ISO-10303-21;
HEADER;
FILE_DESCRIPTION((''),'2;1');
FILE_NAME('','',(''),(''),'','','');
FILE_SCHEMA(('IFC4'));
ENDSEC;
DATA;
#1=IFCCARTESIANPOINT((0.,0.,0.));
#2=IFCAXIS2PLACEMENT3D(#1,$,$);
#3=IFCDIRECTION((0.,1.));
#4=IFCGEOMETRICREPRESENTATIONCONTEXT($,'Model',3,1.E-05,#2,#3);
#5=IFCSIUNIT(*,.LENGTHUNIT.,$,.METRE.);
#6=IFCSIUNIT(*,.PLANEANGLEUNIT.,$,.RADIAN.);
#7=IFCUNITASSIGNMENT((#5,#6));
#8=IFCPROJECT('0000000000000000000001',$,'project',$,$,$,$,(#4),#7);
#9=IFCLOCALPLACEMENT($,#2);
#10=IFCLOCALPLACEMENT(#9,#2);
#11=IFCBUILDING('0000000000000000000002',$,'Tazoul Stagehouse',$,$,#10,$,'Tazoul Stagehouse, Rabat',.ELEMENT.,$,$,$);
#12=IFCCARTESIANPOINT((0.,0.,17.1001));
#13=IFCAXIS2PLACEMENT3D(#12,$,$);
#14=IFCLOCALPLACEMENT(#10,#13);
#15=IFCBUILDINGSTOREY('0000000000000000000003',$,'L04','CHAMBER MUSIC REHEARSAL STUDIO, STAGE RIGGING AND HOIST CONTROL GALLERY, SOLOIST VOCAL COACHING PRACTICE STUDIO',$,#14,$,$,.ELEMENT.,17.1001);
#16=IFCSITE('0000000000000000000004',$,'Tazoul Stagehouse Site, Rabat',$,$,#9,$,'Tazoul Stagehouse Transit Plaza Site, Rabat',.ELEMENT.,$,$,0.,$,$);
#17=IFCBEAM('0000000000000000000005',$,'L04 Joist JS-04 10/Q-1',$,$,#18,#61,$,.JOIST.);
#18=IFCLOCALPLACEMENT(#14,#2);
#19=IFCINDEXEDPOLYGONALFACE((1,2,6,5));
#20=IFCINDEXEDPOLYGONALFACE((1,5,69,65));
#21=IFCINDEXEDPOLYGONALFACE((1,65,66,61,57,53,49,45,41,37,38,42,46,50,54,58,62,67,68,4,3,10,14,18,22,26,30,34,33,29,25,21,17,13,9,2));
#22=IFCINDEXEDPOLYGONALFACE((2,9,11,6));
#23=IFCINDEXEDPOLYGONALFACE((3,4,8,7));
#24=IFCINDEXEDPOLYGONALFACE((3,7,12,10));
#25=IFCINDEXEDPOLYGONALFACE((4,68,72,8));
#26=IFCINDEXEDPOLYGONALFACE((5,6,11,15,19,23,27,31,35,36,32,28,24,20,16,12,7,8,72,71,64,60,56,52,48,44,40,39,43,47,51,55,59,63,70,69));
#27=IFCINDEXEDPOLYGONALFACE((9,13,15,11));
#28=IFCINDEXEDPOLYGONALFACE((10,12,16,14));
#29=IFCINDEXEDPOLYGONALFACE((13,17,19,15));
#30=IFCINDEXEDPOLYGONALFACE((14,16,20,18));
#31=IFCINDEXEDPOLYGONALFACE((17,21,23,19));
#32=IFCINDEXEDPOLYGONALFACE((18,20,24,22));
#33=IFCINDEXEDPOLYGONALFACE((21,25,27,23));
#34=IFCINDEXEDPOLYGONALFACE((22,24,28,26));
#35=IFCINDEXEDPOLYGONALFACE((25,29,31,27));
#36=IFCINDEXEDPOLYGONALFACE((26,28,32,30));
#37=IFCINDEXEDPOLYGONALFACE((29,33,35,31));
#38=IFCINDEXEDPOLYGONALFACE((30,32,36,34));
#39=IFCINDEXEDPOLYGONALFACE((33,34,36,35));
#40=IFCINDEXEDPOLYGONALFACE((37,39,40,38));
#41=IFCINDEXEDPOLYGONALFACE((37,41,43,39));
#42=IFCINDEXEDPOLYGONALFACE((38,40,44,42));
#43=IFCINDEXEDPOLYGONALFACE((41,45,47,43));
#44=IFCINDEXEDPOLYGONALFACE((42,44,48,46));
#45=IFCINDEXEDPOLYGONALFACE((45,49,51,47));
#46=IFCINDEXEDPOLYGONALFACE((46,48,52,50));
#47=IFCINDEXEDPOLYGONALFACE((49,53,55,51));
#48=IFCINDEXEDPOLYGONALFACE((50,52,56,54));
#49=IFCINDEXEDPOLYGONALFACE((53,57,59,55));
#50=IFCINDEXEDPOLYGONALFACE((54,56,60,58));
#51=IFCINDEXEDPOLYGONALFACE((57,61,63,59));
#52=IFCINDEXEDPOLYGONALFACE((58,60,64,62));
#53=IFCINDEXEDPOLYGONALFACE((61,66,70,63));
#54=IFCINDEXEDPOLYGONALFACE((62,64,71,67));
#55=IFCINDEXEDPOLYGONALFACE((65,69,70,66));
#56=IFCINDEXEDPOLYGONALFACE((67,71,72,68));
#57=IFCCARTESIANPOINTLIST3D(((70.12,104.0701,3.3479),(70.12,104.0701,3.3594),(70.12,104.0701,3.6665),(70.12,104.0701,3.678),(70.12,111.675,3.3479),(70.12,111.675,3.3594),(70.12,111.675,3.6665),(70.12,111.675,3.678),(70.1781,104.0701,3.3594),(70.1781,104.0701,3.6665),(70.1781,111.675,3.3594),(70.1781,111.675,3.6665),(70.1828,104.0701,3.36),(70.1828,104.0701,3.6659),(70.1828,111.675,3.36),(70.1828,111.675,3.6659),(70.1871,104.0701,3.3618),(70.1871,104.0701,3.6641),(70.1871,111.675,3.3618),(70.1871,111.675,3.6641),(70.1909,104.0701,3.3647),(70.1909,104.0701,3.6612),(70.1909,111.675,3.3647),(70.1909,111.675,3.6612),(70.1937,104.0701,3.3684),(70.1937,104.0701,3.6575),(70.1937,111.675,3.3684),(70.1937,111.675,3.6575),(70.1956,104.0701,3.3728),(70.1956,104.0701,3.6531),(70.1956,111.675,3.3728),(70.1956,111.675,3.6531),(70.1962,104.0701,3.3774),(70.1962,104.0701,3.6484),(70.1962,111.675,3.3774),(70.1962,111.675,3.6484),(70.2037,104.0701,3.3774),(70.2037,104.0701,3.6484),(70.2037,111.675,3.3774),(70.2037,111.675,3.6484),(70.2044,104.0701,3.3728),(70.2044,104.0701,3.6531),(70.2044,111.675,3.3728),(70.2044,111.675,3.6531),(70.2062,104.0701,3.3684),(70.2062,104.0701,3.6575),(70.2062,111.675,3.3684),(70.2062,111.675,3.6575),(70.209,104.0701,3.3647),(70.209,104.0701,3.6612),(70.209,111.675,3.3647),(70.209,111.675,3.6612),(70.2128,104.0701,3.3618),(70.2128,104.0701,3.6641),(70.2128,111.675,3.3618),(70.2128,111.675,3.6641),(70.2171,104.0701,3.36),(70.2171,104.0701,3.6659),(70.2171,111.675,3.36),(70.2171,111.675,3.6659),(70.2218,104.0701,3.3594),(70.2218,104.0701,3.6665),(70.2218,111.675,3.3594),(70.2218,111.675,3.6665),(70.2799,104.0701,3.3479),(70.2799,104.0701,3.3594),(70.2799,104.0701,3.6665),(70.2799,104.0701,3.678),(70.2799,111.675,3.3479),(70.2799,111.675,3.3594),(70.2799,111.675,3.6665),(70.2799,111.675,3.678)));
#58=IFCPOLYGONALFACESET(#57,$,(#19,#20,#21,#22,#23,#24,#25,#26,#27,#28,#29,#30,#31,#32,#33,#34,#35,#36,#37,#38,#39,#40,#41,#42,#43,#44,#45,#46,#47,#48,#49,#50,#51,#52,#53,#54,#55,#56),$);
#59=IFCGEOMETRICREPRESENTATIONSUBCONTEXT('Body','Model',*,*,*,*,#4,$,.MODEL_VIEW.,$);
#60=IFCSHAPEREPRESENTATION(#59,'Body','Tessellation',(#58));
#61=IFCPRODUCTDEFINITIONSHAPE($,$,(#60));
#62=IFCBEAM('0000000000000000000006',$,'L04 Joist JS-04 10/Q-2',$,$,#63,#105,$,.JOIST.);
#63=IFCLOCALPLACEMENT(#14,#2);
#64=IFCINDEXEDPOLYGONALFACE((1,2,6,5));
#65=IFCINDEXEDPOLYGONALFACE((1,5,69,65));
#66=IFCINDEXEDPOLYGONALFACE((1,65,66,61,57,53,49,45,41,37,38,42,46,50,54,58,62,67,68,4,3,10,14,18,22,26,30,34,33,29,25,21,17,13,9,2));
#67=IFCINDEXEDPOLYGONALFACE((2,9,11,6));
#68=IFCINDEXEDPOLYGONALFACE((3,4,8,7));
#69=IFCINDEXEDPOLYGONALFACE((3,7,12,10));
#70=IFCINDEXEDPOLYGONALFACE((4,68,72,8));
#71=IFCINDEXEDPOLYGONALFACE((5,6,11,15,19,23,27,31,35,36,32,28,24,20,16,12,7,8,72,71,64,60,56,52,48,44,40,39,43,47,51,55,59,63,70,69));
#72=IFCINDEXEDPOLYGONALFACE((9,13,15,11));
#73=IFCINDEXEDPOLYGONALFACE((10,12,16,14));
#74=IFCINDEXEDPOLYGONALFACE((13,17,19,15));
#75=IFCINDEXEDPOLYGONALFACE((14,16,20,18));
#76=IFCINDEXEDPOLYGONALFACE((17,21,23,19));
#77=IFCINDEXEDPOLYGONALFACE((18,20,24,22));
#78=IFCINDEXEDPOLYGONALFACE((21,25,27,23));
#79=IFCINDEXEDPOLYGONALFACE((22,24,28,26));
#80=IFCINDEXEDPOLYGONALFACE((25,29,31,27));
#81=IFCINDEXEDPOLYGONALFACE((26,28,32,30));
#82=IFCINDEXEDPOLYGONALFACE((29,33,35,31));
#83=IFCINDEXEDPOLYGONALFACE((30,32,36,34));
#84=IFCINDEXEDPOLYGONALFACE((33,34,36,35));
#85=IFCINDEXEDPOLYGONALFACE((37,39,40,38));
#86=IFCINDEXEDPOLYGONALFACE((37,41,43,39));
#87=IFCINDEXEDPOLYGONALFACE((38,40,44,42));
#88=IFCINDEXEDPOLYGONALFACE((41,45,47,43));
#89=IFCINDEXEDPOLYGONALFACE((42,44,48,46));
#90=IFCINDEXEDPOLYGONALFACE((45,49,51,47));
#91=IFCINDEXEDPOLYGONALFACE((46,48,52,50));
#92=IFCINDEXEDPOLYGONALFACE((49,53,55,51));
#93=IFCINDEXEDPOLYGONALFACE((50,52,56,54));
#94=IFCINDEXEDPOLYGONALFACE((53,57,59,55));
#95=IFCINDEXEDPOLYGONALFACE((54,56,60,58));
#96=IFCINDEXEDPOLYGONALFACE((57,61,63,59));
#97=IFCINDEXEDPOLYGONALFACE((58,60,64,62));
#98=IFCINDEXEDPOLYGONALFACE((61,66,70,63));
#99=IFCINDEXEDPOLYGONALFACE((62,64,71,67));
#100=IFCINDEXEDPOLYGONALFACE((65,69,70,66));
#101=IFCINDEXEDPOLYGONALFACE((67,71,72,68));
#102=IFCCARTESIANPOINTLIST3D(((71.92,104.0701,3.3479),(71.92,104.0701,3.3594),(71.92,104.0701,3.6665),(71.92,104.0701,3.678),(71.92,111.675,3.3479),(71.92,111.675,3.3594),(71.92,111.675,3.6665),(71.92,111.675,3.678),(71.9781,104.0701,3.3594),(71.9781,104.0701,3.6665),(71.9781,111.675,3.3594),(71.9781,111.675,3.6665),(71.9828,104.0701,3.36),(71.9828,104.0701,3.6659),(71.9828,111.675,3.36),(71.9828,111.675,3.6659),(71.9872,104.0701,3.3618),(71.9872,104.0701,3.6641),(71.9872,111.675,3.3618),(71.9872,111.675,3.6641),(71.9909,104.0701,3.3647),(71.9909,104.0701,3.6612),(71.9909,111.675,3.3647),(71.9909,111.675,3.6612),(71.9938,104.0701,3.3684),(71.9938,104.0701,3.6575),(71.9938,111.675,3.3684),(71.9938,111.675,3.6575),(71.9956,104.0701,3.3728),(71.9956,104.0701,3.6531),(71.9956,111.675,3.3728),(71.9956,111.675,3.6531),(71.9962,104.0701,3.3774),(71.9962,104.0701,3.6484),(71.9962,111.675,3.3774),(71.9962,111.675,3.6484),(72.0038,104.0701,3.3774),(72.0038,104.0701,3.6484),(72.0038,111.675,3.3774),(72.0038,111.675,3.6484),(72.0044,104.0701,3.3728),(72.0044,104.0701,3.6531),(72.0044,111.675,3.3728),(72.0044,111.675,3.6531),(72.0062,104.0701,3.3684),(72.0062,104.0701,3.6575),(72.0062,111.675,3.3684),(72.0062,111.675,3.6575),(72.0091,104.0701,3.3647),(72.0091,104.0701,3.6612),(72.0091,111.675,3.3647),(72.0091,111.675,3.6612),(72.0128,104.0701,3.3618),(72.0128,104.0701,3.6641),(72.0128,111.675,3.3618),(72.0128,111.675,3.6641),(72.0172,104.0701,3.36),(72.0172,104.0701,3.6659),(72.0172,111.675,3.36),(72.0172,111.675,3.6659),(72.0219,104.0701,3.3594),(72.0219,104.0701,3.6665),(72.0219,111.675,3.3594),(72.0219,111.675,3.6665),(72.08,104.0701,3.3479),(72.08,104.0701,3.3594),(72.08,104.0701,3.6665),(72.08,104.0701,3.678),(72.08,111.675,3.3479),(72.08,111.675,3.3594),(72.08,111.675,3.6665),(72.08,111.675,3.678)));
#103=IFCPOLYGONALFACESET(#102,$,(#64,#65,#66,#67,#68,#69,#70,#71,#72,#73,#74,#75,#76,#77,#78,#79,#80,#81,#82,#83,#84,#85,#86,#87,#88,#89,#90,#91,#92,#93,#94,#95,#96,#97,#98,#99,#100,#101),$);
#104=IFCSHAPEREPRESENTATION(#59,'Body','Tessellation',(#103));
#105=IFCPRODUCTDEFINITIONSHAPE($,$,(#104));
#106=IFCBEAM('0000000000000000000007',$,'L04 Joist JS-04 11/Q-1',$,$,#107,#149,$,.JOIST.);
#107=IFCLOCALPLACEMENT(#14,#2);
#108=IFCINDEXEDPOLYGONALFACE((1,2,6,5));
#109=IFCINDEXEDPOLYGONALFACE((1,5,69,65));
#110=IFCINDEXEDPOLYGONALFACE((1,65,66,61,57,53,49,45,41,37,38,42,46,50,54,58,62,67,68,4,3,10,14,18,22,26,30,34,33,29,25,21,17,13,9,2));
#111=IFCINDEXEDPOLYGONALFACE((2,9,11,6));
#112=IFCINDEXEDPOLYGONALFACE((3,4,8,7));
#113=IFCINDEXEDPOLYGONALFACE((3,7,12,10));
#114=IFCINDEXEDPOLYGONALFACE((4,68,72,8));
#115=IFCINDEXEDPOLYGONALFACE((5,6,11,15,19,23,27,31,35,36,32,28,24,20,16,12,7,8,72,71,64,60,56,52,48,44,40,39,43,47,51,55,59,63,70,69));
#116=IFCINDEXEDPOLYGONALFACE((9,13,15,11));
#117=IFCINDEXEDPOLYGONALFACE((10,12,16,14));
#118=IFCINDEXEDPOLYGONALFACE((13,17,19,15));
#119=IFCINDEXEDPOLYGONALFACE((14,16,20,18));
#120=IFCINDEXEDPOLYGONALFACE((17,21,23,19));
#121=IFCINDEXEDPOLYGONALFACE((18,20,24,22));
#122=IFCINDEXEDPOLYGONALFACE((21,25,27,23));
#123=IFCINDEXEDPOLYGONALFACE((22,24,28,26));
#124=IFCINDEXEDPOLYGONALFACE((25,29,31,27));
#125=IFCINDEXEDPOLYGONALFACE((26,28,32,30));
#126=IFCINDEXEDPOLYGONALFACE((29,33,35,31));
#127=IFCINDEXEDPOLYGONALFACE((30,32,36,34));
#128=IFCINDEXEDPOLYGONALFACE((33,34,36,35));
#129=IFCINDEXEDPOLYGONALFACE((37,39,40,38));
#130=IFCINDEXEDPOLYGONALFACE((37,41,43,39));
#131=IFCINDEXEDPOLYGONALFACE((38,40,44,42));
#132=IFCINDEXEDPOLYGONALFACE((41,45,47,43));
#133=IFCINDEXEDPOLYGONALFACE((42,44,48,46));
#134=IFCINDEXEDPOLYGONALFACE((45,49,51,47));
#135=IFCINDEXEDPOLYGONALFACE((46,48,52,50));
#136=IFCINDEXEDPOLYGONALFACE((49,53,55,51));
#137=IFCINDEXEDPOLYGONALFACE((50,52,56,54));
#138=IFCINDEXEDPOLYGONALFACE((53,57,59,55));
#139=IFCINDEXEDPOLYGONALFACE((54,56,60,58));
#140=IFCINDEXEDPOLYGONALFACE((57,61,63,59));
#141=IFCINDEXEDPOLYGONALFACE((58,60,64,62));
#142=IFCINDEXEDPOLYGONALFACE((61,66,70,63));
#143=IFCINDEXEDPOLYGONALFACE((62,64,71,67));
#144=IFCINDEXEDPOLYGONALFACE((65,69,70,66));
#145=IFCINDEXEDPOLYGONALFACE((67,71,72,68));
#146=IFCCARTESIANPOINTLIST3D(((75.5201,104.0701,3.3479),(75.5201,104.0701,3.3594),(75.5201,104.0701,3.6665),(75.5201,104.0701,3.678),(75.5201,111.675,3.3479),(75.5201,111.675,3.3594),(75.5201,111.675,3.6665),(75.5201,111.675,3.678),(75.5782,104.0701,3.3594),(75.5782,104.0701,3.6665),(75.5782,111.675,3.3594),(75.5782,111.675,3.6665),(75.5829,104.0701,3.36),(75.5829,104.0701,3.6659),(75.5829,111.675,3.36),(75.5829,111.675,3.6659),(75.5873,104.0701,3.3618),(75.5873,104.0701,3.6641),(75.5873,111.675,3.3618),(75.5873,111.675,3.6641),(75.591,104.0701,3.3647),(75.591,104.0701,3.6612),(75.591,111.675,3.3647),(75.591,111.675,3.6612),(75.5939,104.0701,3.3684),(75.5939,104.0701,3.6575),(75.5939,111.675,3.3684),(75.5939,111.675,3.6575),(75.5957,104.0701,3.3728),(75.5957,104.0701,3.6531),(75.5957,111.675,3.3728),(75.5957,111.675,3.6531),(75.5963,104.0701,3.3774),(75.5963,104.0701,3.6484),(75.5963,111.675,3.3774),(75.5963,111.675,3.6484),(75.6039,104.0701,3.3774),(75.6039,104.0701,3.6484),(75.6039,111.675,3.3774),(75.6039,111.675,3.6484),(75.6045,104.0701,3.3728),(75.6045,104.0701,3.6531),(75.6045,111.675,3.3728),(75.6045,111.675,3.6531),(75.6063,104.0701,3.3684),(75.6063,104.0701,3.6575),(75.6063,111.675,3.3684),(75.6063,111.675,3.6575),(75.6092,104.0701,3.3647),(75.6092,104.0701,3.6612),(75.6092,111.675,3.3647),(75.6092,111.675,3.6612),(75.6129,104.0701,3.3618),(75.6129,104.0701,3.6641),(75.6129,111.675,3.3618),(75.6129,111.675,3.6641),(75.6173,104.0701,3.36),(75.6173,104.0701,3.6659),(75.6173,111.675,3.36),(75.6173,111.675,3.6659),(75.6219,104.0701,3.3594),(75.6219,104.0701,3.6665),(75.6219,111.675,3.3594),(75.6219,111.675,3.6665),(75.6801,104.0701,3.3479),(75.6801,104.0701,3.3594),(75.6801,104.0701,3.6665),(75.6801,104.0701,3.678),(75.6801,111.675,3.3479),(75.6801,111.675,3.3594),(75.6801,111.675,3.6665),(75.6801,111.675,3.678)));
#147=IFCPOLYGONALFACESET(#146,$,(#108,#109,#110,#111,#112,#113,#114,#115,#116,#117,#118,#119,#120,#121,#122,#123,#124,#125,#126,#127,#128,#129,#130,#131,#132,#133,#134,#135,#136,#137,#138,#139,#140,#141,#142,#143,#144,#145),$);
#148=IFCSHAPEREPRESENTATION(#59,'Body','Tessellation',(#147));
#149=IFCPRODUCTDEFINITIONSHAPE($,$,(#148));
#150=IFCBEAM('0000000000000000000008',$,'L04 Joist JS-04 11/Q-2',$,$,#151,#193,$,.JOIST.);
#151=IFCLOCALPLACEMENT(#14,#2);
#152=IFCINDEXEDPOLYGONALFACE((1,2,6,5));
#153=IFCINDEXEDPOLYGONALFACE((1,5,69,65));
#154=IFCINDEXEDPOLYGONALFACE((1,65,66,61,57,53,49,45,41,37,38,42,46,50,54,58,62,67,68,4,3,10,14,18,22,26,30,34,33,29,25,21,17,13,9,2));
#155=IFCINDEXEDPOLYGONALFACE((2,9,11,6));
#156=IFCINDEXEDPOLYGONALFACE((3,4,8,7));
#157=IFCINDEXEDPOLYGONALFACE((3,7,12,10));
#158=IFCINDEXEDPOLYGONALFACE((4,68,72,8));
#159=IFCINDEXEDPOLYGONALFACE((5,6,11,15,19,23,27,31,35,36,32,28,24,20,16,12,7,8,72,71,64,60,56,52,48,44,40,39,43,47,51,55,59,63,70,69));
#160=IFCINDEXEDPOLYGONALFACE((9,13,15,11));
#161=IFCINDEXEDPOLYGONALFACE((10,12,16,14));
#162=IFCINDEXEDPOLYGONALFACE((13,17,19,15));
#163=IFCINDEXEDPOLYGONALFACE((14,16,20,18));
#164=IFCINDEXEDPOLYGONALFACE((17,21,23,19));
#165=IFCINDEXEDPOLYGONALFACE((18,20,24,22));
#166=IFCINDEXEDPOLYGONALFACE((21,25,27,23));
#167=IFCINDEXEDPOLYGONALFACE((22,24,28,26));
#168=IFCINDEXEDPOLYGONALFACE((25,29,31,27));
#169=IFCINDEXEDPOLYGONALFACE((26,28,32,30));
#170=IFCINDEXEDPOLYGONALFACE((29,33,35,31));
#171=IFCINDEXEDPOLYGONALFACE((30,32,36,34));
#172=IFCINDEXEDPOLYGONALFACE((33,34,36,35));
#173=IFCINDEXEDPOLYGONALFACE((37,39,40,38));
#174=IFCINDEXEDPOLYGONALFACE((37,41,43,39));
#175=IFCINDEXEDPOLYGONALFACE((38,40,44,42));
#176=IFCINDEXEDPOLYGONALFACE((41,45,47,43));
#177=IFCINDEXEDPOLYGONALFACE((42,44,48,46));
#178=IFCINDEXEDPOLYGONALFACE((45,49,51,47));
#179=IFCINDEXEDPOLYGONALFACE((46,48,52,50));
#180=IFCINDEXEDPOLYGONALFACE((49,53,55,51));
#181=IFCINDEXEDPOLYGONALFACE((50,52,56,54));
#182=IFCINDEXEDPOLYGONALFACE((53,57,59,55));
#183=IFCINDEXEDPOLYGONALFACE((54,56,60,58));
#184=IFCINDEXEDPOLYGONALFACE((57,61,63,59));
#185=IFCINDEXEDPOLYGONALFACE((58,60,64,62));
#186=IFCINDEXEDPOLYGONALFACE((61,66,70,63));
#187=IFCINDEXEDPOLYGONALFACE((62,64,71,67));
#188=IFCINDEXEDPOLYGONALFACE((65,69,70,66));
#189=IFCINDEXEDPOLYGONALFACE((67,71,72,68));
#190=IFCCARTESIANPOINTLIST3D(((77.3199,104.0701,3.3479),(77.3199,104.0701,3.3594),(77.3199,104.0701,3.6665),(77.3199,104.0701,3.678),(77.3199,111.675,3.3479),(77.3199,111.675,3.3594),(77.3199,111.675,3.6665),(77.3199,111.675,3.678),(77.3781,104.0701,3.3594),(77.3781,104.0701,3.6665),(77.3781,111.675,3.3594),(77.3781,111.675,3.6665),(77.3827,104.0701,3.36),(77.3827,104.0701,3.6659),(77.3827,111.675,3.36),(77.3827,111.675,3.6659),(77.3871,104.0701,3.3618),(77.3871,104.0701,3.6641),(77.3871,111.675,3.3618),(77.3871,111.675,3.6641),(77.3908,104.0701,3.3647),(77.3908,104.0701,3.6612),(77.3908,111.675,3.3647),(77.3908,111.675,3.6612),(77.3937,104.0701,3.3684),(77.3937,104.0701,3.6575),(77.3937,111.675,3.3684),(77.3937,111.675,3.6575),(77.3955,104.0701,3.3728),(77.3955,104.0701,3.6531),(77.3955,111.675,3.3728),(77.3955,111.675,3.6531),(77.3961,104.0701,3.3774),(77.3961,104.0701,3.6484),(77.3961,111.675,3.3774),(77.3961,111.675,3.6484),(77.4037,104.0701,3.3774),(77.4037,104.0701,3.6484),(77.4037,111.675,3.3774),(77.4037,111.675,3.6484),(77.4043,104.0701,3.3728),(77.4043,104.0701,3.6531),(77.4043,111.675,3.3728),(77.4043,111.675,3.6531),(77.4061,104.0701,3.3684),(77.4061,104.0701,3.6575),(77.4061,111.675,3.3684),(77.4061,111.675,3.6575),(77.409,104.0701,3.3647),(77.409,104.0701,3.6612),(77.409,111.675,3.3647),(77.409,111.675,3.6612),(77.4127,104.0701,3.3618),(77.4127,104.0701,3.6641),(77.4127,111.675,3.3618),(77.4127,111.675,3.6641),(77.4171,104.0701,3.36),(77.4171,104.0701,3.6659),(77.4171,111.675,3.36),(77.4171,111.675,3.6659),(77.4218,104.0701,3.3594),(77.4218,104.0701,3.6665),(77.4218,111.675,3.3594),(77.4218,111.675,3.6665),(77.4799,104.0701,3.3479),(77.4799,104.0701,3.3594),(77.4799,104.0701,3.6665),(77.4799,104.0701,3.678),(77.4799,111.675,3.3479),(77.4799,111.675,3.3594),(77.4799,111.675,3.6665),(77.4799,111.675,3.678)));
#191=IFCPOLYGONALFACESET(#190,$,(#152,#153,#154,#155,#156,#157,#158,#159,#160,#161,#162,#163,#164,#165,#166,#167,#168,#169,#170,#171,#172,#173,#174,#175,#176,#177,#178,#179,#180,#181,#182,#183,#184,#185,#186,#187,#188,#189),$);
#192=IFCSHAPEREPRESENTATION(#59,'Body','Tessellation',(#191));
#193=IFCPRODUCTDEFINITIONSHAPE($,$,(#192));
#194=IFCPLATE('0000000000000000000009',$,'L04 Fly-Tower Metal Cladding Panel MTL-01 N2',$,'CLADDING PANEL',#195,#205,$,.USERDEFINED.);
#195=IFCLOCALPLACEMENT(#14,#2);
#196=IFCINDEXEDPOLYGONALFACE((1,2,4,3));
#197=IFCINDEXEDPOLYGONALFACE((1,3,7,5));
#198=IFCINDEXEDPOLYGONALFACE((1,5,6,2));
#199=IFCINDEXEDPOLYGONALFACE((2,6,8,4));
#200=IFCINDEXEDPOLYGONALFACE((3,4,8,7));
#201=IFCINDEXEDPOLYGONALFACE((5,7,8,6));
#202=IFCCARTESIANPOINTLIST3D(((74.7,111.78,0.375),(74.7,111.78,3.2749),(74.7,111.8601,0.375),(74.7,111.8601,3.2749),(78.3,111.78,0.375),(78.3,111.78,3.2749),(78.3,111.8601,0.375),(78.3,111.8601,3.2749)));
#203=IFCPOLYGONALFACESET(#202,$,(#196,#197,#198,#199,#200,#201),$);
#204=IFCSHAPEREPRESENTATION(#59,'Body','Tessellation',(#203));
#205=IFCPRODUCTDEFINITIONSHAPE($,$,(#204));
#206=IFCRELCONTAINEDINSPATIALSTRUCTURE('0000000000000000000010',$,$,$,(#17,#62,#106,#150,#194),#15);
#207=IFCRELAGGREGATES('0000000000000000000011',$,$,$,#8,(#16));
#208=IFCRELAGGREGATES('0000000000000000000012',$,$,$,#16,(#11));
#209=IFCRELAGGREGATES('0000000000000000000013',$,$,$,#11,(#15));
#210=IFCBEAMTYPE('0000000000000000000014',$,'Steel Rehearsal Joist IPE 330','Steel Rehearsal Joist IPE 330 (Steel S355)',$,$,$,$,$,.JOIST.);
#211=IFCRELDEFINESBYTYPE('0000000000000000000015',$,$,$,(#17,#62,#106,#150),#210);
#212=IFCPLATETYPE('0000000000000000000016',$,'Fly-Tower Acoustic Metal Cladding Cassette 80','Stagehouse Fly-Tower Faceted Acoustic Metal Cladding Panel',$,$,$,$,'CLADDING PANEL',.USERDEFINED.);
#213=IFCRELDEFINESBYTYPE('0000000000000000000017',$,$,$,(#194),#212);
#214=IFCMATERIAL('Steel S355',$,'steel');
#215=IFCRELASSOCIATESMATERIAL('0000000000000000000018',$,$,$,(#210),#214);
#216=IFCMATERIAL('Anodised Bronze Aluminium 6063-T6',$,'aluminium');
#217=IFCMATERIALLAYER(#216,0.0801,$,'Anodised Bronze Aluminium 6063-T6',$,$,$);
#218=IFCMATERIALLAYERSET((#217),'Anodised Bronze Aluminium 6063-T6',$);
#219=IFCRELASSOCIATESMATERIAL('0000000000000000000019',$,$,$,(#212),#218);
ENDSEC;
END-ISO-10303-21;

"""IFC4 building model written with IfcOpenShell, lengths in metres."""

from ifc_helpers import new_model, si_unit, direction, frame, origin, origin_2d, place, context, subcontext, project, spatial, rectangle, i_section, extrude, material, layer, layer_set, material_profile, profile_set, type_object, element, save


model = new_model("IFC4")

# Units and contexts
model_context = context("Model", 3, precision=1e-05, world=origin(), true_north=direction((0.0, 1.0)))
body_context = subcontext(model_context, "Body", "Model", "MODEL_VIEW")
ifc_project = project(units=[si_unit("LENGTHUNIT", "METRE"), si_unit("PLANEANGLEUNIT", "RADIAN")], contexts=[model_context])

# Site, building, storey
site_placement = place(None, origin())
site = spatial("IfcSite", under=ifc_project, at=site_placement, Name="Tazoul Stagehouse Site, Rabat", LongName="Tazoul Stagehouse Transit Plaza Site, Rabat", CompositionType="ELEMENT", RefElevation=0.0)
building_placement = place(site_placement, origin())
building = spatial("IfcBuilding", under=site, at=building_placement, Name="Tazoul Stagehouse", LongName="Tazoul Stagehouse, Rabat", CompositionType="ELEMENT")
storey_placement = place(building_placement, frame((0.0, 0.0, 17.1001)))
storey = spatial("IfcBuildingStorey", under=building, at=storey_placement, Name="L04", Description="CHAMBER MUSIC REHEARSAL STUDIO, STAGE RIGGING AND HOIST CONTROL GALLERY, SOLOIST VOCAL COACHING PRACTICE STUDIO", CompositionType="ELEMENT", Elevation=17.1001)

# Shared definitions
ifc_material_1 = material(Name="Steel S355", Category="steel")

# Beams
ifc_material_profile_1 = material_profile(ifc_material_1, i_section(OverallWidth=0.1599, OverallDepth=0.3301, WebThickness=0.0076, FlangeThickness=0.0115, FilletRadius=0.0181, at=origin_2d()), Name="IPE 330")
ifc_profile_set_1 = profile_set([ifc_material_profile_1], Name="Steel S355")
beam_type_1 = type_object("IfcBeamType", Name="Steel Rehearsal Joist IPE 330", Description="Steel Rehearsal Joist IPE 330 (Steel S355)", PredefinedType="JOIST", material=ifc_profile_set_1)
for number, where, z_axis, x_axis, name in (
    (1, (70.2, 104.0701, 3.5129), (0.0, 1.0, 0.0), (-1.0, 0.0, 0.0), "L04 Joist JS-04 10/Q-1"),
    (2, (72.0, 104.0701, 3.5129), (0.0, 1.0, 0.0), (-1.0, 0.0, 0.0), "L04 Joist JS-04 10/Q-2"),
    (3, (75.6001, 104.0701, 3.5129), (0.0, 1.0, 0.0), (-1.0, 0.0, 0.0), "L04 Joist JS-04 11/Q-1"),
    (4, (77.3999, 104.0701, 3.5129), (0.0, 1.0, 0.0), (-1.0, 0.0, 0.0), "L04 Joist JS-04 11/Q-2"),
):
    element("IfcBeam", number, at=place(storey_placement, frame(where, z_axis=z_axis, x_axis=x_axis)), inside=storey, type_object=beam_type_1, Name=name, PredefinedType="JOIST", context=body_context, shape_type="SweptSolid", body=[
        extrude(i_section(OverallWidth=0.1599, OverallDepth=0.3301, WebThickness=0.0076, FlangeThickness=0.0115, FilletRadius=0.0181, at=origin_2d()), origin(), (0.0, 0.0, 1.0), 7.605),
    ])

# Plate
ifc_material_2 = material(Name="Anodised Bronze Aluminium 6063-T6", Category="aluminium")
ifc_layer_1 = layer(ifc_material_2, 0.0801, Name="Anodised Bronze Aluminium 6063-T6")
ifc_layer_set_1 = layer_set([ifc_layer_1], Name="Anodised Bronze Aluminium 6063-T6")
plate_type_1 = type_object("IfcPlateType", Name="Fly-Tower Acoustic Metal Cladding Cassette 80", Description="Stagehouse Fly-Tower Faceted Acoustic Metal Cladding Panel", ElementType="CLADDING PANEL", PredefinedType="USERDEFINED", material=ifc_layer_set_1)
plate_1_placement = place(storey_placement, frame((76.5, 111.8201, 0.375), z_axis=(0.0, 0.0, 1.0), x_axis=(1.0, 0.0, 0.0)))
element("IfcPlate", 5, at=plate_1_placement, inside=storey, type_object=plate_type_1, Name="L04 Fly-Tower Metal Cladding Panel MTL-01 N2", ObjectType="CLADDING PANEL", PredefinedType="USERDEFINED", context=body_context, shape_type="SweptSolid", body=[
    extrude(rectangle(XDim=3.6001, YDim=0.0801, at=origin_2d()), origin(), (0.0, 0.0, 1.0), 2.8999),
])

save(model, "model.ifc")
